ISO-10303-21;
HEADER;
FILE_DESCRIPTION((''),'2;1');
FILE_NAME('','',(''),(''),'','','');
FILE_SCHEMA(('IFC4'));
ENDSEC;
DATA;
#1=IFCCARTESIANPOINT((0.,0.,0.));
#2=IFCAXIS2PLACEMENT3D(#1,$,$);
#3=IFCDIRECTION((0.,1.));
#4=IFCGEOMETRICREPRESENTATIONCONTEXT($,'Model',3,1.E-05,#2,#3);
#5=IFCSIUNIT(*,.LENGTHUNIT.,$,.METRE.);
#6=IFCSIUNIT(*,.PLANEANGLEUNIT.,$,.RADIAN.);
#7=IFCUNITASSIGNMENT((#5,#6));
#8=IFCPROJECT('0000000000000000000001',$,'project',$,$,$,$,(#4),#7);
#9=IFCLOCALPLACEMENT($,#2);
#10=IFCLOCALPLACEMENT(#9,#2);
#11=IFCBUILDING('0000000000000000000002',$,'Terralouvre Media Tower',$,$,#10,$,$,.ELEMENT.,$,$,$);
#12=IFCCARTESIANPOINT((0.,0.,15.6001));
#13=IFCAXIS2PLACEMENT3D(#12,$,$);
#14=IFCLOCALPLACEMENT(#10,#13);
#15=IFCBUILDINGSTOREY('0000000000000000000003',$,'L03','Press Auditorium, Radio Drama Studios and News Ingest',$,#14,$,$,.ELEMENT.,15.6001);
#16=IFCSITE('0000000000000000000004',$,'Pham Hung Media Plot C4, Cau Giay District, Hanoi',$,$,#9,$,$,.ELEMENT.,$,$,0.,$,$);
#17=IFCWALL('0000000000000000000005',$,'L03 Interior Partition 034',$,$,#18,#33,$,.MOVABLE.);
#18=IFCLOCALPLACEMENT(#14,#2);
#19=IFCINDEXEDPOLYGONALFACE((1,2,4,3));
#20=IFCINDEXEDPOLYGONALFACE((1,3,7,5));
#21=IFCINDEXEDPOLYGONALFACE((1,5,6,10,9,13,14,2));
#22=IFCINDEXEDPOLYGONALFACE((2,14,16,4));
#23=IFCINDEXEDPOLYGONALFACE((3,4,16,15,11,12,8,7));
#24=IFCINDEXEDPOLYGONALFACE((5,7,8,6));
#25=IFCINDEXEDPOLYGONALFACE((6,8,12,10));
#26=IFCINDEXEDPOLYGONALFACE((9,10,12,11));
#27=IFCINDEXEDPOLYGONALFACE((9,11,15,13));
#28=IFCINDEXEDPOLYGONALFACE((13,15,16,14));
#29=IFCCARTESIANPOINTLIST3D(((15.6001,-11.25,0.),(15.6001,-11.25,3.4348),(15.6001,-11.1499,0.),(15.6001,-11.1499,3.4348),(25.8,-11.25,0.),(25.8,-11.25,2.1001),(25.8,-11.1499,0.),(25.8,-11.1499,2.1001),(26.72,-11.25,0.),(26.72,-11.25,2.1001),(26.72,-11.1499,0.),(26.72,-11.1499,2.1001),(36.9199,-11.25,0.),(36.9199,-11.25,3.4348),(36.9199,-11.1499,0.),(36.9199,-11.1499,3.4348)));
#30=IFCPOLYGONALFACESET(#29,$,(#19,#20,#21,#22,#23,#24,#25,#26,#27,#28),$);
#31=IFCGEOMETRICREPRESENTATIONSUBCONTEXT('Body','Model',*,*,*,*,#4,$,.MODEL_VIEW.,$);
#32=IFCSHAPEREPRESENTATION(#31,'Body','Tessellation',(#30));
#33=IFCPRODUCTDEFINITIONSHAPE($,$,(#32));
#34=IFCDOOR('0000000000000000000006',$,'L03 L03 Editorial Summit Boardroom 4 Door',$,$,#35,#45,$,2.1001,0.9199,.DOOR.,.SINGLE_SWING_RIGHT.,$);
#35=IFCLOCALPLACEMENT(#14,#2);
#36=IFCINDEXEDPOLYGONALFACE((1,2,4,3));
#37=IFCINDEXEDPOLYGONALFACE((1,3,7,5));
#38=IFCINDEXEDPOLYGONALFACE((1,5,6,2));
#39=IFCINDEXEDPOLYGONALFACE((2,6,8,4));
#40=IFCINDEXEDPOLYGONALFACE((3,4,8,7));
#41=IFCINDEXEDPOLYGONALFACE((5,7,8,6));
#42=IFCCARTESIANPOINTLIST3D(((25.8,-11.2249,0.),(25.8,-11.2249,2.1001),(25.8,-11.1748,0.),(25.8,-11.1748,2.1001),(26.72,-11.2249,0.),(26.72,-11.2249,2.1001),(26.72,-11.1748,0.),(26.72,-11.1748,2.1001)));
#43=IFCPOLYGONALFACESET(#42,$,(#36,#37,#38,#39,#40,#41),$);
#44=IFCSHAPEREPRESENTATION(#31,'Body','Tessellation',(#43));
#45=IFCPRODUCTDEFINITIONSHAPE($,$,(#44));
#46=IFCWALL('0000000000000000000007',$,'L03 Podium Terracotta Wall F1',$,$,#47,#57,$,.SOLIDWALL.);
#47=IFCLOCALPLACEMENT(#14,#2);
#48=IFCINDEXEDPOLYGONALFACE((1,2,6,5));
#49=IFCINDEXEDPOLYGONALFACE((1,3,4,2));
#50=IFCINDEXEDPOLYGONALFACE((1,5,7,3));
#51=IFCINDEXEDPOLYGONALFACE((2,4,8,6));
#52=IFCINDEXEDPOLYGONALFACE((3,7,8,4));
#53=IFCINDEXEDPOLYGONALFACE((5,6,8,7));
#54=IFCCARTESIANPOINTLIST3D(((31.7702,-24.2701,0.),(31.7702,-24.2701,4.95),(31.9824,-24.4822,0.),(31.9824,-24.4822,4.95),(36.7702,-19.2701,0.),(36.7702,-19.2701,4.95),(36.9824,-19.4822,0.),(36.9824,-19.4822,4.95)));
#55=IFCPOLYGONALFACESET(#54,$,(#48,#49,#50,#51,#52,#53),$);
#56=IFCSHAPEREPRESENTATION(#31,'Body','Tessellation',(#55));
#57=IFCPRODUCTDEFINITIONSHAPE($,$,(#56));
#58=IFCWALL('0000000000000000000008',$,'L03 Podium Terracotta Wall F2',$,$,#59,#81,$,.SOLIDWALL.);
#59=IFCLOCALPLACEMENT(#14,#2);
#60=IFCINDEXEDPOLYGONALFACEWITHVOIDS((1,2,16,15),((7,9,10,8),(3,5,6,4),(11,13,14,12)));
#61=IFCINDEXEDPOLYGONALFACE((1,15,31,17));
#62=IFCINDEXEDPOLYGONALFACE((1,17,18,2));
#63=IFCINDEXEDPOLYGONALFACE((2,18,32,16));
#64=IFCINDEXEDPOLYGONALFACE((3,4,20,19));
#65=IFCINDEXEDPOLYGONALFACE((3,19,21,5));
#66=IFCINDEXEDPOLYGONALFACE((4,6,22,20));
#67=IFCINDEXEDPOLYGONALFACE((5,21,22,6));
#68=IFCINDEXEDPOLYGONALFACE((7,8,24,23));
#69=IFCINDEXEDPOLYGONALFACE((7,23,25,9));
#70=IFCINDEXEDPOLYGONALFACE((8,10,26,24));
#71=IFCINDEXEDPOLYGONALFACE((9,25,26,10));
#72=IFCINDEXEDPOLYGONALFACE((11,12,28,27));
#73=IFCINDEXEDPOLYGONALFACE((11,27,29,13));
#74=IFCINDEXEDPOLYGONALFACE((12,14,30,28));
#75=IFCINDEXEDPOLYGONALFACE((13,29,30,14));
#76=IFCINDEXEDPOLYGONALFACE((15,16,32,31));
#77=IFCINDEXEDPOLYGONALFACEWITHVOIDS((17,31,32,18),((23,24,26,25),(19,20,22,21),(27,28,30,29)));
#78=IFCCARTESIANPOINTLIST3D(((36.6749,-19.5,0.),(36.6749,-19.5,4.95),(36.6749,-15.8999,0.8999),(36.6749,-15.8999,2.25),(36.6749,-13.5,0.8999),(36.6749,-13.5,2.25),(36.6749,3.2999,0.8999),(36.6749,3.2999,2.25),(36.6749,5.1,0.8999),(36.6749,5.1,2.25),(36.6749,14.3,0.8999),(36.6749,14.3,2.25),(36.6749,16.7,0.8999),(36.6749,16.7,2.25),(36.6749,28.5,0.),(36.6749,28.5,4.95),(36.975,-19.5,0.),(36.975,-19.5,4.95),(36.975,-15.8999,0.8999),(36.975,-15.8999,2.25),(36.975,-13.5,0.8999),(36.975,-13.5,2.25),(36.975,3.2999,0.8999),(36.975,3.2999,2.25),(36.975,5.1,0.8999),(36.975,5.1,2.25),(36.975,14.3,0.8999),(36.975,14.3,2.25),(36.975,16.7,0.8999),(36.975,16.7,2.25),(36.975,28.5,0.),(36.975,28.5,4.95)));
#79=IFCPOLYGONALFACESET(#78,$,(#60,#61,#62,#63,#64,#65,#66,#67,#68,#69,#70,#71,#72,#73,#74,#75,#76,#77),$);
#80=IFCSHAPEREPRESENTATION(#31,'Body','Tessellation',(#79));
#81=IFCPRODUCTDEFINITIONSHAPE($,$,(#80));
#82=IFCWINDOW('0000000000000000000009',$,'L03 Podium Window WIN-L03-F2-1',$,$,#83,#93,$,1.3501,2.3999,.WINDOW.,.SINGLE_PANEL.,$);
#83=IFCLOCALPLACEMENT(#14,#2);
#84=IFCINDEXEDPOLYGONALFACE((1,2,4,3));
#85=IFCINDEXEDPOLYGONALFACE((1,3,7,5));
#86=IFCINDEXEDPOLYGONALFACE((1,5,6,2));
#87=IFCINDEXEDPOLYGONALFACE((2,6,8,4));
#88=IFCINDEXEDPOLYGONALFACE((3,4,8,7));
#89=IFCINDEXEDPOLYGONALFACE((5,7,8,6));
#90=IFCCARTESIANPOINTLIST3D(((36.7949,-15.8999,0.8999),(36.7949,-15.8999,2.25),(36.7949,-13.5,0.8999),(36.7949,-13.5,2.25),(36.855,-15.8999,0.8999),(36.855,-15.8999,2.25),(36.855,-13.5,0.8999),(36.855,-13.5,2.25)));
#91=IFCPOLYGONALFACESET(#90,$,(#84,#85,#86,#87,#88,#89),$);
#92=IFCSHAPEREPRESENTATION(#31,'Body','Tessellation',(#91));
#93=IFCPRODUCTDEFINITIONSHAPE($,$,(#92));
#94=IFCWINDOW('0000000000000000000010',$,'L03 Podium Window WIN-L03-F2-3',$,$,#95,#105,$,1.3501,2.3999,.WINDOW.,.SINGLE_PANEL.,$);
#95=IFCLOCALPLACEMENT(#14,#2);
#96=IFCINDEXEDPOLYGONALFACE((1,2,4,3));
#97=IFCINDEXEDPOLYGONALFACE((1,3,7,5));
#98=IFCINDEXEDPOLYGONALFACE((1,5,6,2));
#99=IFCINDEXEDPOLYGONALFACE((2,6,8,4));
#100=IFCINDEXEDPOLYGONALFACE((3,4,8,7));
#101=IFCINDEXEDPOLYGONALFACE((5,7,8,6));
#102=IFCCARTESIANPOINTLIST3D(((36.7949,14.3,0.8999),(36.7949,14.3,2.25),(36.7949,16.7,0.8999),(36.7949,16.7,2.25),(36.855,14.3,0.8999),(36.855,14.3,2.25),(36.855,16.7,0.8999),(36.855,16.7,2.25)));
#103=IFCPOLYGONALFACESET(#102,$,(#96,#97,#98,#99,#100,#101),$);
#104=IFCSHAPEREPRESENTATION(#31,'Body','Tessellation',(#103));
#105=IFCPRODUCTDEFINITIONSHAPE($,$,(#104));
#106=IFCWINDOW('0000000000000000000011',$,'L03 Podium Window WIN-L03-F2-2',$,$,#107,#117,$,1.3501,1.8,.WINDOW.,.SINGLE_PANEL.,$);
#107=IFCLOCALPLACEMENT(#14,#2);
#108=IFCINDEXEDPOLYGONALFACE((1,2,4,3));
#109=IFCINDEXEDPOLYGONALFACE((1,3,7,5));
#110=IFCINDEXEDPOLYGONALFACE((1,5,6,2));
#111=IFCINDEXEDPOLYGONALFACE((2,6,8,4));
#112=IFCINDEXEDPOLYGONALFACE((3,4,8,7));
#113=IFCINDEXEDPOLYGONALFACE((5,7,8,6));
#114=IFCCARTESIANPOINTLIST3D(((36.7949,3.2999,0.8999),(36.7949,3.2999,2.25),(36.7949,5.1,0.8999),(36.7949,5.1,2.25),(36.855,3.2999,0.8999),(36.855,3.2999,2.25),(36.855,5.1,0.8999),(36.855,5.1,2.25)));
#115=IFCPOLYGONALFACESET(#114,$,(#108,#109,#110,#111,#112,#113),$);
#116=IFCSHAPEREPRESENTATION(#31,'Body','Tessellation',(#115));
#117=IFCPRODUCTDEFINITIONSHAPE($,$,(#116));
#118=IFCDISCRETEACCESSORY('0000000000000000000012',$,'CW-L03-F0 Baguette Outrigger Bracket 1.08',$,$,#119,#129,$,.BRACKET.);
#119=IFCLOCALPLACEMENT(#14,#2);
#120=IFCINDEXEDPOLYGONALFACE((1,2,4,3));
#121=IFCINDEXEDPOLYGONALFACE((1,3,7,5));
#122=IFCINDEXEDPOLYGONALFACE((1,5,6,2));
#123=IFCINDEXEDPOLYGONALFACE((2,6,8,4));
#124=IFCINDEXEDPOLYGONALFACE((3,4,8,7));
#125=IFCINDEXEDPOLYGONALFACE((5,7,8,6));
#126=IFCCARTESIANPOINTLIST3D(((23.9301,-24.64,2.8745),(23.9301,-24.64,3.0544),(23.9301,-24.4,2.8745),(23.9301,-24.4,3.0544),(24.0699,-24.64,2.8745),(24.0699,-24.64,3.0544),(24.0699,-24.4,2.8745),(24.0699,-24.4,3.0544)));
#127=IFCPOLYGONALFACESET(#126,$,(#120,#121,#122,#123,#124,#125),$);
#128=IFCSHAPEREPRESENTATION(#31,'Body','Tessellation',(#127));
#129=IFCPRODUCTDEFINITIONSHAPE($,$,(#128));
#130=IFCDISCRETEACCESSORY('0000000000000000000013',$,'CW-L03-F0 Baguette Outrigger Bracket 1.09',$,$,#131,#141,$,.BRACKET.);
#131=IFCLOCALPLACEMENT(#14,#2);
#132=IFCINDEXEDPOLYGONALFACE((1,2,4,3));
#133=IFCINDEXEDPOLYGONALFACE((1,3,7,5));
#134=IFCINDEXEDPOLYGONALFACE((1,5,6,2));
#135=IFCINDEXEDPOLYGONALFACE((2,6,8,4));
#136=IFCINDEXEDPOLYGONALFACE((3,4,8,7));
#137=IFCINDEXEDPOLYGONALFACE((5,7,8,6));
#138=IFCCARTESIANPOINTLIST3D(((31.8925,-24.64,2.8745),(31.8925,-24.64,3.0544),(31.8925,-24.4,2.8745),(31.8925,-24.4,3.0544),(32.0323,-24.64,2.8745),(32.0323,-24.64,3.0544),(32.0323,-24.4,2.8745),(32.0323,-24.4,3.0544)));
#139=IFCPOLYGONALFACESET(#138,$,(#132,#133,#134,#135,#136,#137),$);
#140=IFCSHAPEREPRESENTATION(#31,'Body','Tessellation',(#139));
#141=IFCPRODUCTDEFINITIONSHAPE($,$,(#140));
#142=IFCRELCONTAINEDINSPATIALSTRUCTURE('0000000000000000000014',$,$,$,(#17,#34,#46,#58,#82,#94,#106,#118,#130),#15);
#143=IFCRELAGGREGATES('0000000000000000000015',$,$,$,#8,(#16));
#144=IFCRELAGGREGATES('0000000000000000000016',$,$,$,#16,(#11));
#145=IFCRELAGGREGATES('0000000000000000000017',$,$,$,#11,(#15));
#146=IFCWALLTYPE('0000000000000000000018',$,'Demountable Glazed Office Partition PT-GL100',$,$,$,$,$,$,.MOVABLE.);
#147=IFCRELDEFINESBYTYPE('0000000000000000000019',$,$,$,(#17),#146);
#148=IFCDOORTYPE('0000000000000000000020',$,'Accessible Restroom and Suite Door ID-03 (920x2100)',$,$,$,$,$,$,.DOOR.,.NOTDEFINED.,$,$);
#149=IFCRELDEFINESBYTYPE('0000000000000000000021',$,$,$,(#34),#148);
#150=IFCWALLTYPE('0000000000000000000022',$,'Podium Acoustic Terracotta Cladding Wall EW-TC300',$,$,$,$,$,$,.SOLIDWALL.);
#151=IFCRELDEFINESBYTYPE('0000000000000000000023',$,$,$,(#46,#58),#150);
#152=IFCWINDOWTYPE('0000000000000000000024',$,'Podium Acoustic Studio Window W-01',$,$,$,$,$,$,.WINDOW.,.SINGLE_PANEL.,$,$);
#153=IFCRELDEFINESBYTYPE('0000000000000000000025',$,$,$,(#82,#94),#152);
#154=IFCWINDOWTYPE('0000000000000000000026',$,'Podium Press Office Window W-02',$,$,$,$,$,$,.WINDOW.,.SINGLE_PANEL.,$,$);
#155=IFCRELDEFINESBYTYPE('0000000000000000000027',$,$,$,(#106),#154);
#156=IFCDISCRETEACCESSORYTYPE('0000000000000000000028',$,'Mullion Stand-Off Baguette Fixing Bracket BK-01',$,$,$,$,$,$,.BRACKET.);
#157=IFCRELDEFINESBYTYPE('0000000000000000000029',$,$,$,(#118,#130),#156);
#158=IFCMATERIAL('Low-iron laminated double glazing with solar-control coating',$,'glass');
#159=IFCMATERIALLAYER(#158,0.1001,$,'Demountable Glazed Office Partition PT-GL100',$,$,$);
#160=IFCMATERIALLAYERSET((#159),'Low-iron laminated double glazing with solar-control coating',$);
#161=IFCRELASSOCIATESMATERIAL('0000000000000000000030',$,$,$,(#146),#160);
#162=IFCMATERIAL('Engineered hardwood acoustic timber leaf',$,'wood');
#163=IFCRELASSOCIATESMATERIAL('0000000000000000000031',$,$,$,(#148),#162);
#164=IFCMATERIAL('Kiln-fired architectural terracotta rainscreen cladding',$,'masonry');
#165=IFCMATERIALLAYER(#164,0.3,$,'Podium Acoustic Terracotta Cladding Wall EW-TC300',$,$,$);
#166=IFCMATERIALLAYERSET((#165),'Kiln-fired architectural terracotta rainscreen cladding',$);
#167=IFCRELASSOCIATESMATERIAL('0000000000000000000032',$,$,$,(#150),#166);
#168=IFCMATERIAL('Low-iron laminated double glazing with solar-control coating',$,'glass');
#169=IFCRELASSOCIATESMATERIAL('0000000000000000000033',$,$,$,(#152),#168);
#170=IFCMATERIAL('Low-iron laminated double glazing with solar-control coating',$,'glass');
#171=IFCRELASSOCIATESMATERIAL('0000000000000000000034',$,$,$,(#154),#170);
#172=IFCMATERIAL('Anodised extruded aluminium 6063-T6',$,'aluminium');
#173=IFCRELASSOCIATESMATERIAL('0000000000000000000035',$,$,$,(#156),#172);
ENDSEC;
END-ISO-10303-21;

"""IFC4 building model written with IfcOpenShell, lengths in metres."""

from ifc_helpers import new_model, si_unit, direction, frame, frame_2d, origin, origin_2d, place, context, subcontext, project, spatial, rectangle, extrude, material, layer, layer_set, type_object, element, fill, save


model = new_model("IFC4")

# Units and contexts
model_context = context("Model", 3, precision=1e-05, world=origin(), true_north=direction((0.0, 1.0)))
body_context = subcontext(model_context, "Body", "Model", "MODEL_VIEW")
ifc_project = project(units=[si_unit("LENGTHUNIT", "METRE"), si_unit("PLANEANGLEUNIT", "RADIAN")], contexts=[model_context])

# Site, building, storey
site_placement = place(None, origin())
site = spatial("IfcSite", under=ifc_project, at=site_placement, Name="Pham Hung Media Plot C4, Cau Giay District, Hanoi", CompositionType="ELEMENT", RefElevation=0.0)
building_placement = place(site_placement, origin())
building = spatial("IfcBuilding", under=site, at=building_placement, Name="Terralouvre Media Tower", CompositionType="ELEMENT")
storey_placement = place(building_placement, frame((0.0, 0.0, 15.6001)))
storey = spatial("IfcBuildingStorey", under=building, at=storey_placement, Name="L03", Description="Press Auditorium, Radio Drama Studios and News Ingest", CompositionType="ELEMENT", Elevation=15.6001)

# Wall, opening, door
ifc_material_1 = material(Name="Low-iron laminated double glazing with solar-control coating", Category="glass")
ifc_layer_1 = layer(ifc_material_1, 0.1001, Name="Demountable Glazed Office Partition PT-GL100")
ifc_layer_set_1 = layer_set([ifc_layer_1], Name="Low-iron laminated double glazing with solar-control coating")
wall_type_1 = type_object("IfcWallType", Name="Demountable Glazed Office Partition PT-GL100", PredefinedType="MOVABLE", material=ifc_layer_set_1)
wall_1_placement = place(storey_placement, frame((36.9199, -11.2, 0.0), z_axis=(0.0, 0.0, 1.0), x_axis=(-1.0, 0.0, 0.0)))
wall_1 = element("IfcWall", 1, at=wall_1_placement, inside=storey, type_object=wall_type_1, Name="L03 Interior Partition 034", PredefinedType="MOVABLE", context=body_context, shape_type="SweptSolid", body=[
    extrude(rectangle(XDim=21.3198, YDim=0.1001, at=frame_2d((10.6599, 0.0))), origin(), (0.0, 0.0, 1.0), 3.4348),
])
opening_1_placement = place(wall_1_placement, frame((10.2, 0.0, 0.0)))
opening_1 = element("IfcOpeningElement", 2, at=opening_1_placement, cuts=wall_1, PredefinedType="OPENING", context=body_context, shape_type="SweptSolid", body=[
    extrude(rectangle(XDim=0.9199, YDim=2.1001, at=frame_2d((0.46, 1.05))), frame((0.0, 0.0601, 0.0), z_axis=(0.0, -1.0, 0.0), x_axis=(1.0, 0.0, 0.0)), (0.0, 0.0, 1.0), 0.1201),
])
ifc_material_2 = material(Name="Engineered hardwood acoustic timber leaf", Category="wood")
door_type = type_object("IfcDoorType", Name="Accessible Restroom and Suite Door ID-03 (920x2100)", OperationType="NOTDEFINED", PredefinedType="DOOR", material=ifc_material_2)
door_placement = place(opening_1_placement, origin())
door = element("IfcDoor", 3, at=door_placement, inside=storey, type_object=door_type, Name="L03 L03 Editorial Summit Boardroom 4 Door", OperationType="SINGLE_SWING_RIGHT", OverallHeight=2.1001, OverallWidth=0.9199, PredefinedType="DOOR", context=body_context, shape_type="SweptSolid", body=[
    extrude(rectangle(XDim=0.9199, YDim=2.1001, at=frame_2d((0.46, 1.05))), frame((0.0, 0.0249, 0.0), z_axis=(0.0, -1.0, 0.0), x_axis=(1.0, 0.0, 0.0)), (0.0, 0.0, 1.0), 0.05),
])
fill(opening_1, door)

# Wall
ifc_material_3 = material(Name="Kiln-fired architectural terracotta rainscreen cladding", Category="masonry")
ifc_layer_2 = layer(ifc_material_3, 0.3, Name="Podium Acoustic Terracotta Cladding Wall EW-TC300")
ifc_layer_set_2 = layer_set([ifc_layer_2], Name="Kiln-fired architectural terracotta rainscreen cladding")
wall_type_2 = type_object("IfcWallType", Name="Podium Acoustic Terracotta Cladding Wall EW-TC300", PredefinedType="SOLIDWALL", material=ifc_layer_set_2)
wall_2_placement = place(storey_placement, frame((31.8762, -24.3762, 0.0), z_axis=(0.0, 0.0, 1.0), x_axis=(0.707107, 0.707107, 0.0)))
element("IfcWall", 4, at=wall_2_placement, inside=storey, type_object=wall_type_2, Name="L03 Podium Terracotta Wall F1", PredefinedType="SOLIDWALL", context=body_context, shape_type="SweptSolid", body=[
    extrude(rectangle(XDim=7.071, YDim=0.3, at=frame_2d((3.5356, 0.0))), origin(), (0.0, 0.0, 1.0), 4.95),
])

# Wall, openings, windows
wall_3_placement = place(storey_placement, frame((36.825, -19.5, 0.0), z_axis=(0.0, 0.0, 1.0), x_axis=(0.0, 1.0, 0.0)))
wall_3 = element("IfcWall", 5, at=wall_3_placement, inside=storey, type_object=wall_type_2, Name="L03 Podium Terracotta Wall F2", PredefinedType="SOLIDWALL", context=body_context, shape_type="SweptSolid", body=[
    extrude(rectangle(XDim=48.0, YDim=0.3, at=frame_2d((24.0, 0.0))), origin(), (0.0, 0.0, 1.0), 4.95),
])
opening_2_placement = place(wall_3_placement, frame((3.6001, 0.0, 0.8999)))
opening_2 = element("IfcOpeningElement", 6, at=opening_2_placement, cuts=wall_3, PredefinedType="OPENING", context=body_context, shape_type="SweptSolid", body=[
    extrude(rectangle(XDim=2.3999, YDim=1.3501, at=frame_2d((1.2, 0.675))), frame((0.0, 0.1599, 0.0), z_axis=(0.0, -1.0, 0.0), x_axis=(1.0, 0.0, 0.0)), (0.0, 0.0, 1.0), 0.3201),
])
opening_3_placement = place(wall_3_placement, frame((22.8, 0.0, 0.8999)))
opening_3 = element("IfcOpeningElement", 7, at=opening_3_placement, cuts=wall_3, PredefinedType="OPENING", context=body_context, shape_type="SweptSolid", body=[
    extrude(rectangle(XDim=1.8, YDim=1.3501, at=frame_2d((0.8999, 0.675))), frame((0.0, 0.1599, 0.0), z_axis=(0.0, -1.0, 0.0), x_axis=(1.0, 0.0, 0.0)), (0.0, 0.0, 1.0), 0.3201),
])
opening_4_placement = place(wall_3_placement, frame((33.8, 0.0, 0.8999)))
opening_4 = element("IfcOpeningElement", 8, at=opening_4_placement, cuts=wall_3, PredefinedType="OPENING", context=body_context, shape_type="SweptSolid", body=[
    extrude(rectangle(XDim=2.3999, YDim=1.3501, at=frame_2d((1.2, 0.675))), frame((0.0, 0.1599, 0.0), z_axis=(0.0, -1.0, 0.0), x_axis=(1.0, 0.0, 0.0)), (0.0, 0.0, 1.0), 0.3201),
])
ifc_material_4 = material(Name="Low-iron laminated double glazing with solar-control coating", Category="glass")
window_type_1 = type_object("IfcWindowType", Name="Podium Acoustic Studio Window W-01", PartitioningType="SINGLE_PANEL", PredefinedType="WINDOW", material=ifc_material_4)
window_1_placement = place(opening_2_placement, origin())
window_1 = element("IfcWindow", 9, at=window_1_placement, inside=storey, type_object=window_type_1, Name="L03 Podium Window WIN-L03-F2-1", OverallHeight=1.3501, OverallWidth=2.3999, PartitioningType="SINGLE_PANEL", PredefinedType="WINDOW", context=body_context, shape_type="SweptSolid", body=[
    extrude(rectangle(XDim=2.3999, YDim=1.3501, at=frame_2d((1.2, 0.675))), frame((0.0, 0.03, 0.0), z_axis=(0.0, -1.0, 0.0), x_axis=(1.0, 0.0, 0.0)), (0.0, 0.0, 1.0), 0.0601),
])
fill(opening_2, window_1)
window_2_placement = place(opening_4_placement, origin())
window_2 = element("IfcWindow", 10, at=window_2_placement, inside=storey, type_object=window_type_1, Name="L03 Podium Window WIN-L03-F2-3", OverallHeight=1.3501, OverallWidth=2.3999, PartitioningType="SINGLE_PANEL", PredefinedType="WINDOW", context=body_context, shape_type="SweptSolid", body=[
    extrude(rectangle(XDim=2.3999, YDim=1.3501, at=frame_2d((1.2, 0.675))), frame((0.0, 0.03, 0.0), z_axis=(0.0, -1.0, 0.0), x_axis=(1.0, 0.0, 0.0)), (0.0, 0.0, 1.0), 0.0601),
])
fill(opening_4, window_2)
ifc_material_5 = material(Name="Low-iron laminated double glazing with solar-control coating", Category="glass")
window_type_2 = type_object("IfcWindowType", Name="Podium Press Office Window W-02", PartitioningType="SINGLE_PANEL", PredefinedType="WINDOW", material=ifc_material_5)
window_3_placement = place(opening_3_placement, origin())
window_3 = element("IfcWindow", 11, at=window_3_placement, inside=storey, type_object=window_type_2, Name="L03 Podium Window WIN-L03-F2-2", OverallHeight=1.3501, OverallWidth=1.8, PartitioningType="SINGLE_PANEL", PredefinedType="WINDOW", context=body_context, shape_type="SweptSolid", body=[
    extrude(rectangle(XDim=1.8, YDim=1.3501, at=frame_2d((0.8999, 0.675))), frame((0.0, 0.03, 0.0), z_axis=(0.0, -1.0, 0.0), x_axis=(1.0, 0.0, 0.0)), (0.0, 0.0, 1.0), 0.0601),
])
fill(opening_3, window_3)

# Discrete accessories
ifc_material_6 = material(Name="Anodised extruded aluminium 6063-T6", Category="aluminium")
discrete_accessory_type = type_object("IfcDiscreteAccessoryType", Name="Mullion Stand-Off Baguette Fixing Bracket BK-01", PredefinedType="BRACKET", material=ifc_material_6)
for number, where, z_axis, x_axis, name in (
    (12, (24.0, -24.52, 2.8745), (0.0, 0.0, 1.0), (1.0, 0.0, 0.0), "CW-L03-F0 Baguette Outrigger Bracket 1.08"),
    (13, (31.9624, -24.52, 2.8745), (0.0, 0.0, 1.0), (1.0, 0.0, 0.0), "CW-L03-F0 Baguette Outrigger Bracket 1.09"),
):
    element("IfcDiscreteAccessory", number, at=place(storey_placement, frame(where, z_axis=z_axis, x_axis=x_axis)), inside=storey, type_object=discrete_accessory_type, Name=name, PredefinedType="BRACKET", context=body_context, shape_type="SweptSolid", body=[
        extrude(rectangle(XDim=0.1399, YDim=0.24, at=origin_2d()), origin(), (0.0, 0.0, 1.0), 0.1799),
    ])

save(model, "model.ifc")
